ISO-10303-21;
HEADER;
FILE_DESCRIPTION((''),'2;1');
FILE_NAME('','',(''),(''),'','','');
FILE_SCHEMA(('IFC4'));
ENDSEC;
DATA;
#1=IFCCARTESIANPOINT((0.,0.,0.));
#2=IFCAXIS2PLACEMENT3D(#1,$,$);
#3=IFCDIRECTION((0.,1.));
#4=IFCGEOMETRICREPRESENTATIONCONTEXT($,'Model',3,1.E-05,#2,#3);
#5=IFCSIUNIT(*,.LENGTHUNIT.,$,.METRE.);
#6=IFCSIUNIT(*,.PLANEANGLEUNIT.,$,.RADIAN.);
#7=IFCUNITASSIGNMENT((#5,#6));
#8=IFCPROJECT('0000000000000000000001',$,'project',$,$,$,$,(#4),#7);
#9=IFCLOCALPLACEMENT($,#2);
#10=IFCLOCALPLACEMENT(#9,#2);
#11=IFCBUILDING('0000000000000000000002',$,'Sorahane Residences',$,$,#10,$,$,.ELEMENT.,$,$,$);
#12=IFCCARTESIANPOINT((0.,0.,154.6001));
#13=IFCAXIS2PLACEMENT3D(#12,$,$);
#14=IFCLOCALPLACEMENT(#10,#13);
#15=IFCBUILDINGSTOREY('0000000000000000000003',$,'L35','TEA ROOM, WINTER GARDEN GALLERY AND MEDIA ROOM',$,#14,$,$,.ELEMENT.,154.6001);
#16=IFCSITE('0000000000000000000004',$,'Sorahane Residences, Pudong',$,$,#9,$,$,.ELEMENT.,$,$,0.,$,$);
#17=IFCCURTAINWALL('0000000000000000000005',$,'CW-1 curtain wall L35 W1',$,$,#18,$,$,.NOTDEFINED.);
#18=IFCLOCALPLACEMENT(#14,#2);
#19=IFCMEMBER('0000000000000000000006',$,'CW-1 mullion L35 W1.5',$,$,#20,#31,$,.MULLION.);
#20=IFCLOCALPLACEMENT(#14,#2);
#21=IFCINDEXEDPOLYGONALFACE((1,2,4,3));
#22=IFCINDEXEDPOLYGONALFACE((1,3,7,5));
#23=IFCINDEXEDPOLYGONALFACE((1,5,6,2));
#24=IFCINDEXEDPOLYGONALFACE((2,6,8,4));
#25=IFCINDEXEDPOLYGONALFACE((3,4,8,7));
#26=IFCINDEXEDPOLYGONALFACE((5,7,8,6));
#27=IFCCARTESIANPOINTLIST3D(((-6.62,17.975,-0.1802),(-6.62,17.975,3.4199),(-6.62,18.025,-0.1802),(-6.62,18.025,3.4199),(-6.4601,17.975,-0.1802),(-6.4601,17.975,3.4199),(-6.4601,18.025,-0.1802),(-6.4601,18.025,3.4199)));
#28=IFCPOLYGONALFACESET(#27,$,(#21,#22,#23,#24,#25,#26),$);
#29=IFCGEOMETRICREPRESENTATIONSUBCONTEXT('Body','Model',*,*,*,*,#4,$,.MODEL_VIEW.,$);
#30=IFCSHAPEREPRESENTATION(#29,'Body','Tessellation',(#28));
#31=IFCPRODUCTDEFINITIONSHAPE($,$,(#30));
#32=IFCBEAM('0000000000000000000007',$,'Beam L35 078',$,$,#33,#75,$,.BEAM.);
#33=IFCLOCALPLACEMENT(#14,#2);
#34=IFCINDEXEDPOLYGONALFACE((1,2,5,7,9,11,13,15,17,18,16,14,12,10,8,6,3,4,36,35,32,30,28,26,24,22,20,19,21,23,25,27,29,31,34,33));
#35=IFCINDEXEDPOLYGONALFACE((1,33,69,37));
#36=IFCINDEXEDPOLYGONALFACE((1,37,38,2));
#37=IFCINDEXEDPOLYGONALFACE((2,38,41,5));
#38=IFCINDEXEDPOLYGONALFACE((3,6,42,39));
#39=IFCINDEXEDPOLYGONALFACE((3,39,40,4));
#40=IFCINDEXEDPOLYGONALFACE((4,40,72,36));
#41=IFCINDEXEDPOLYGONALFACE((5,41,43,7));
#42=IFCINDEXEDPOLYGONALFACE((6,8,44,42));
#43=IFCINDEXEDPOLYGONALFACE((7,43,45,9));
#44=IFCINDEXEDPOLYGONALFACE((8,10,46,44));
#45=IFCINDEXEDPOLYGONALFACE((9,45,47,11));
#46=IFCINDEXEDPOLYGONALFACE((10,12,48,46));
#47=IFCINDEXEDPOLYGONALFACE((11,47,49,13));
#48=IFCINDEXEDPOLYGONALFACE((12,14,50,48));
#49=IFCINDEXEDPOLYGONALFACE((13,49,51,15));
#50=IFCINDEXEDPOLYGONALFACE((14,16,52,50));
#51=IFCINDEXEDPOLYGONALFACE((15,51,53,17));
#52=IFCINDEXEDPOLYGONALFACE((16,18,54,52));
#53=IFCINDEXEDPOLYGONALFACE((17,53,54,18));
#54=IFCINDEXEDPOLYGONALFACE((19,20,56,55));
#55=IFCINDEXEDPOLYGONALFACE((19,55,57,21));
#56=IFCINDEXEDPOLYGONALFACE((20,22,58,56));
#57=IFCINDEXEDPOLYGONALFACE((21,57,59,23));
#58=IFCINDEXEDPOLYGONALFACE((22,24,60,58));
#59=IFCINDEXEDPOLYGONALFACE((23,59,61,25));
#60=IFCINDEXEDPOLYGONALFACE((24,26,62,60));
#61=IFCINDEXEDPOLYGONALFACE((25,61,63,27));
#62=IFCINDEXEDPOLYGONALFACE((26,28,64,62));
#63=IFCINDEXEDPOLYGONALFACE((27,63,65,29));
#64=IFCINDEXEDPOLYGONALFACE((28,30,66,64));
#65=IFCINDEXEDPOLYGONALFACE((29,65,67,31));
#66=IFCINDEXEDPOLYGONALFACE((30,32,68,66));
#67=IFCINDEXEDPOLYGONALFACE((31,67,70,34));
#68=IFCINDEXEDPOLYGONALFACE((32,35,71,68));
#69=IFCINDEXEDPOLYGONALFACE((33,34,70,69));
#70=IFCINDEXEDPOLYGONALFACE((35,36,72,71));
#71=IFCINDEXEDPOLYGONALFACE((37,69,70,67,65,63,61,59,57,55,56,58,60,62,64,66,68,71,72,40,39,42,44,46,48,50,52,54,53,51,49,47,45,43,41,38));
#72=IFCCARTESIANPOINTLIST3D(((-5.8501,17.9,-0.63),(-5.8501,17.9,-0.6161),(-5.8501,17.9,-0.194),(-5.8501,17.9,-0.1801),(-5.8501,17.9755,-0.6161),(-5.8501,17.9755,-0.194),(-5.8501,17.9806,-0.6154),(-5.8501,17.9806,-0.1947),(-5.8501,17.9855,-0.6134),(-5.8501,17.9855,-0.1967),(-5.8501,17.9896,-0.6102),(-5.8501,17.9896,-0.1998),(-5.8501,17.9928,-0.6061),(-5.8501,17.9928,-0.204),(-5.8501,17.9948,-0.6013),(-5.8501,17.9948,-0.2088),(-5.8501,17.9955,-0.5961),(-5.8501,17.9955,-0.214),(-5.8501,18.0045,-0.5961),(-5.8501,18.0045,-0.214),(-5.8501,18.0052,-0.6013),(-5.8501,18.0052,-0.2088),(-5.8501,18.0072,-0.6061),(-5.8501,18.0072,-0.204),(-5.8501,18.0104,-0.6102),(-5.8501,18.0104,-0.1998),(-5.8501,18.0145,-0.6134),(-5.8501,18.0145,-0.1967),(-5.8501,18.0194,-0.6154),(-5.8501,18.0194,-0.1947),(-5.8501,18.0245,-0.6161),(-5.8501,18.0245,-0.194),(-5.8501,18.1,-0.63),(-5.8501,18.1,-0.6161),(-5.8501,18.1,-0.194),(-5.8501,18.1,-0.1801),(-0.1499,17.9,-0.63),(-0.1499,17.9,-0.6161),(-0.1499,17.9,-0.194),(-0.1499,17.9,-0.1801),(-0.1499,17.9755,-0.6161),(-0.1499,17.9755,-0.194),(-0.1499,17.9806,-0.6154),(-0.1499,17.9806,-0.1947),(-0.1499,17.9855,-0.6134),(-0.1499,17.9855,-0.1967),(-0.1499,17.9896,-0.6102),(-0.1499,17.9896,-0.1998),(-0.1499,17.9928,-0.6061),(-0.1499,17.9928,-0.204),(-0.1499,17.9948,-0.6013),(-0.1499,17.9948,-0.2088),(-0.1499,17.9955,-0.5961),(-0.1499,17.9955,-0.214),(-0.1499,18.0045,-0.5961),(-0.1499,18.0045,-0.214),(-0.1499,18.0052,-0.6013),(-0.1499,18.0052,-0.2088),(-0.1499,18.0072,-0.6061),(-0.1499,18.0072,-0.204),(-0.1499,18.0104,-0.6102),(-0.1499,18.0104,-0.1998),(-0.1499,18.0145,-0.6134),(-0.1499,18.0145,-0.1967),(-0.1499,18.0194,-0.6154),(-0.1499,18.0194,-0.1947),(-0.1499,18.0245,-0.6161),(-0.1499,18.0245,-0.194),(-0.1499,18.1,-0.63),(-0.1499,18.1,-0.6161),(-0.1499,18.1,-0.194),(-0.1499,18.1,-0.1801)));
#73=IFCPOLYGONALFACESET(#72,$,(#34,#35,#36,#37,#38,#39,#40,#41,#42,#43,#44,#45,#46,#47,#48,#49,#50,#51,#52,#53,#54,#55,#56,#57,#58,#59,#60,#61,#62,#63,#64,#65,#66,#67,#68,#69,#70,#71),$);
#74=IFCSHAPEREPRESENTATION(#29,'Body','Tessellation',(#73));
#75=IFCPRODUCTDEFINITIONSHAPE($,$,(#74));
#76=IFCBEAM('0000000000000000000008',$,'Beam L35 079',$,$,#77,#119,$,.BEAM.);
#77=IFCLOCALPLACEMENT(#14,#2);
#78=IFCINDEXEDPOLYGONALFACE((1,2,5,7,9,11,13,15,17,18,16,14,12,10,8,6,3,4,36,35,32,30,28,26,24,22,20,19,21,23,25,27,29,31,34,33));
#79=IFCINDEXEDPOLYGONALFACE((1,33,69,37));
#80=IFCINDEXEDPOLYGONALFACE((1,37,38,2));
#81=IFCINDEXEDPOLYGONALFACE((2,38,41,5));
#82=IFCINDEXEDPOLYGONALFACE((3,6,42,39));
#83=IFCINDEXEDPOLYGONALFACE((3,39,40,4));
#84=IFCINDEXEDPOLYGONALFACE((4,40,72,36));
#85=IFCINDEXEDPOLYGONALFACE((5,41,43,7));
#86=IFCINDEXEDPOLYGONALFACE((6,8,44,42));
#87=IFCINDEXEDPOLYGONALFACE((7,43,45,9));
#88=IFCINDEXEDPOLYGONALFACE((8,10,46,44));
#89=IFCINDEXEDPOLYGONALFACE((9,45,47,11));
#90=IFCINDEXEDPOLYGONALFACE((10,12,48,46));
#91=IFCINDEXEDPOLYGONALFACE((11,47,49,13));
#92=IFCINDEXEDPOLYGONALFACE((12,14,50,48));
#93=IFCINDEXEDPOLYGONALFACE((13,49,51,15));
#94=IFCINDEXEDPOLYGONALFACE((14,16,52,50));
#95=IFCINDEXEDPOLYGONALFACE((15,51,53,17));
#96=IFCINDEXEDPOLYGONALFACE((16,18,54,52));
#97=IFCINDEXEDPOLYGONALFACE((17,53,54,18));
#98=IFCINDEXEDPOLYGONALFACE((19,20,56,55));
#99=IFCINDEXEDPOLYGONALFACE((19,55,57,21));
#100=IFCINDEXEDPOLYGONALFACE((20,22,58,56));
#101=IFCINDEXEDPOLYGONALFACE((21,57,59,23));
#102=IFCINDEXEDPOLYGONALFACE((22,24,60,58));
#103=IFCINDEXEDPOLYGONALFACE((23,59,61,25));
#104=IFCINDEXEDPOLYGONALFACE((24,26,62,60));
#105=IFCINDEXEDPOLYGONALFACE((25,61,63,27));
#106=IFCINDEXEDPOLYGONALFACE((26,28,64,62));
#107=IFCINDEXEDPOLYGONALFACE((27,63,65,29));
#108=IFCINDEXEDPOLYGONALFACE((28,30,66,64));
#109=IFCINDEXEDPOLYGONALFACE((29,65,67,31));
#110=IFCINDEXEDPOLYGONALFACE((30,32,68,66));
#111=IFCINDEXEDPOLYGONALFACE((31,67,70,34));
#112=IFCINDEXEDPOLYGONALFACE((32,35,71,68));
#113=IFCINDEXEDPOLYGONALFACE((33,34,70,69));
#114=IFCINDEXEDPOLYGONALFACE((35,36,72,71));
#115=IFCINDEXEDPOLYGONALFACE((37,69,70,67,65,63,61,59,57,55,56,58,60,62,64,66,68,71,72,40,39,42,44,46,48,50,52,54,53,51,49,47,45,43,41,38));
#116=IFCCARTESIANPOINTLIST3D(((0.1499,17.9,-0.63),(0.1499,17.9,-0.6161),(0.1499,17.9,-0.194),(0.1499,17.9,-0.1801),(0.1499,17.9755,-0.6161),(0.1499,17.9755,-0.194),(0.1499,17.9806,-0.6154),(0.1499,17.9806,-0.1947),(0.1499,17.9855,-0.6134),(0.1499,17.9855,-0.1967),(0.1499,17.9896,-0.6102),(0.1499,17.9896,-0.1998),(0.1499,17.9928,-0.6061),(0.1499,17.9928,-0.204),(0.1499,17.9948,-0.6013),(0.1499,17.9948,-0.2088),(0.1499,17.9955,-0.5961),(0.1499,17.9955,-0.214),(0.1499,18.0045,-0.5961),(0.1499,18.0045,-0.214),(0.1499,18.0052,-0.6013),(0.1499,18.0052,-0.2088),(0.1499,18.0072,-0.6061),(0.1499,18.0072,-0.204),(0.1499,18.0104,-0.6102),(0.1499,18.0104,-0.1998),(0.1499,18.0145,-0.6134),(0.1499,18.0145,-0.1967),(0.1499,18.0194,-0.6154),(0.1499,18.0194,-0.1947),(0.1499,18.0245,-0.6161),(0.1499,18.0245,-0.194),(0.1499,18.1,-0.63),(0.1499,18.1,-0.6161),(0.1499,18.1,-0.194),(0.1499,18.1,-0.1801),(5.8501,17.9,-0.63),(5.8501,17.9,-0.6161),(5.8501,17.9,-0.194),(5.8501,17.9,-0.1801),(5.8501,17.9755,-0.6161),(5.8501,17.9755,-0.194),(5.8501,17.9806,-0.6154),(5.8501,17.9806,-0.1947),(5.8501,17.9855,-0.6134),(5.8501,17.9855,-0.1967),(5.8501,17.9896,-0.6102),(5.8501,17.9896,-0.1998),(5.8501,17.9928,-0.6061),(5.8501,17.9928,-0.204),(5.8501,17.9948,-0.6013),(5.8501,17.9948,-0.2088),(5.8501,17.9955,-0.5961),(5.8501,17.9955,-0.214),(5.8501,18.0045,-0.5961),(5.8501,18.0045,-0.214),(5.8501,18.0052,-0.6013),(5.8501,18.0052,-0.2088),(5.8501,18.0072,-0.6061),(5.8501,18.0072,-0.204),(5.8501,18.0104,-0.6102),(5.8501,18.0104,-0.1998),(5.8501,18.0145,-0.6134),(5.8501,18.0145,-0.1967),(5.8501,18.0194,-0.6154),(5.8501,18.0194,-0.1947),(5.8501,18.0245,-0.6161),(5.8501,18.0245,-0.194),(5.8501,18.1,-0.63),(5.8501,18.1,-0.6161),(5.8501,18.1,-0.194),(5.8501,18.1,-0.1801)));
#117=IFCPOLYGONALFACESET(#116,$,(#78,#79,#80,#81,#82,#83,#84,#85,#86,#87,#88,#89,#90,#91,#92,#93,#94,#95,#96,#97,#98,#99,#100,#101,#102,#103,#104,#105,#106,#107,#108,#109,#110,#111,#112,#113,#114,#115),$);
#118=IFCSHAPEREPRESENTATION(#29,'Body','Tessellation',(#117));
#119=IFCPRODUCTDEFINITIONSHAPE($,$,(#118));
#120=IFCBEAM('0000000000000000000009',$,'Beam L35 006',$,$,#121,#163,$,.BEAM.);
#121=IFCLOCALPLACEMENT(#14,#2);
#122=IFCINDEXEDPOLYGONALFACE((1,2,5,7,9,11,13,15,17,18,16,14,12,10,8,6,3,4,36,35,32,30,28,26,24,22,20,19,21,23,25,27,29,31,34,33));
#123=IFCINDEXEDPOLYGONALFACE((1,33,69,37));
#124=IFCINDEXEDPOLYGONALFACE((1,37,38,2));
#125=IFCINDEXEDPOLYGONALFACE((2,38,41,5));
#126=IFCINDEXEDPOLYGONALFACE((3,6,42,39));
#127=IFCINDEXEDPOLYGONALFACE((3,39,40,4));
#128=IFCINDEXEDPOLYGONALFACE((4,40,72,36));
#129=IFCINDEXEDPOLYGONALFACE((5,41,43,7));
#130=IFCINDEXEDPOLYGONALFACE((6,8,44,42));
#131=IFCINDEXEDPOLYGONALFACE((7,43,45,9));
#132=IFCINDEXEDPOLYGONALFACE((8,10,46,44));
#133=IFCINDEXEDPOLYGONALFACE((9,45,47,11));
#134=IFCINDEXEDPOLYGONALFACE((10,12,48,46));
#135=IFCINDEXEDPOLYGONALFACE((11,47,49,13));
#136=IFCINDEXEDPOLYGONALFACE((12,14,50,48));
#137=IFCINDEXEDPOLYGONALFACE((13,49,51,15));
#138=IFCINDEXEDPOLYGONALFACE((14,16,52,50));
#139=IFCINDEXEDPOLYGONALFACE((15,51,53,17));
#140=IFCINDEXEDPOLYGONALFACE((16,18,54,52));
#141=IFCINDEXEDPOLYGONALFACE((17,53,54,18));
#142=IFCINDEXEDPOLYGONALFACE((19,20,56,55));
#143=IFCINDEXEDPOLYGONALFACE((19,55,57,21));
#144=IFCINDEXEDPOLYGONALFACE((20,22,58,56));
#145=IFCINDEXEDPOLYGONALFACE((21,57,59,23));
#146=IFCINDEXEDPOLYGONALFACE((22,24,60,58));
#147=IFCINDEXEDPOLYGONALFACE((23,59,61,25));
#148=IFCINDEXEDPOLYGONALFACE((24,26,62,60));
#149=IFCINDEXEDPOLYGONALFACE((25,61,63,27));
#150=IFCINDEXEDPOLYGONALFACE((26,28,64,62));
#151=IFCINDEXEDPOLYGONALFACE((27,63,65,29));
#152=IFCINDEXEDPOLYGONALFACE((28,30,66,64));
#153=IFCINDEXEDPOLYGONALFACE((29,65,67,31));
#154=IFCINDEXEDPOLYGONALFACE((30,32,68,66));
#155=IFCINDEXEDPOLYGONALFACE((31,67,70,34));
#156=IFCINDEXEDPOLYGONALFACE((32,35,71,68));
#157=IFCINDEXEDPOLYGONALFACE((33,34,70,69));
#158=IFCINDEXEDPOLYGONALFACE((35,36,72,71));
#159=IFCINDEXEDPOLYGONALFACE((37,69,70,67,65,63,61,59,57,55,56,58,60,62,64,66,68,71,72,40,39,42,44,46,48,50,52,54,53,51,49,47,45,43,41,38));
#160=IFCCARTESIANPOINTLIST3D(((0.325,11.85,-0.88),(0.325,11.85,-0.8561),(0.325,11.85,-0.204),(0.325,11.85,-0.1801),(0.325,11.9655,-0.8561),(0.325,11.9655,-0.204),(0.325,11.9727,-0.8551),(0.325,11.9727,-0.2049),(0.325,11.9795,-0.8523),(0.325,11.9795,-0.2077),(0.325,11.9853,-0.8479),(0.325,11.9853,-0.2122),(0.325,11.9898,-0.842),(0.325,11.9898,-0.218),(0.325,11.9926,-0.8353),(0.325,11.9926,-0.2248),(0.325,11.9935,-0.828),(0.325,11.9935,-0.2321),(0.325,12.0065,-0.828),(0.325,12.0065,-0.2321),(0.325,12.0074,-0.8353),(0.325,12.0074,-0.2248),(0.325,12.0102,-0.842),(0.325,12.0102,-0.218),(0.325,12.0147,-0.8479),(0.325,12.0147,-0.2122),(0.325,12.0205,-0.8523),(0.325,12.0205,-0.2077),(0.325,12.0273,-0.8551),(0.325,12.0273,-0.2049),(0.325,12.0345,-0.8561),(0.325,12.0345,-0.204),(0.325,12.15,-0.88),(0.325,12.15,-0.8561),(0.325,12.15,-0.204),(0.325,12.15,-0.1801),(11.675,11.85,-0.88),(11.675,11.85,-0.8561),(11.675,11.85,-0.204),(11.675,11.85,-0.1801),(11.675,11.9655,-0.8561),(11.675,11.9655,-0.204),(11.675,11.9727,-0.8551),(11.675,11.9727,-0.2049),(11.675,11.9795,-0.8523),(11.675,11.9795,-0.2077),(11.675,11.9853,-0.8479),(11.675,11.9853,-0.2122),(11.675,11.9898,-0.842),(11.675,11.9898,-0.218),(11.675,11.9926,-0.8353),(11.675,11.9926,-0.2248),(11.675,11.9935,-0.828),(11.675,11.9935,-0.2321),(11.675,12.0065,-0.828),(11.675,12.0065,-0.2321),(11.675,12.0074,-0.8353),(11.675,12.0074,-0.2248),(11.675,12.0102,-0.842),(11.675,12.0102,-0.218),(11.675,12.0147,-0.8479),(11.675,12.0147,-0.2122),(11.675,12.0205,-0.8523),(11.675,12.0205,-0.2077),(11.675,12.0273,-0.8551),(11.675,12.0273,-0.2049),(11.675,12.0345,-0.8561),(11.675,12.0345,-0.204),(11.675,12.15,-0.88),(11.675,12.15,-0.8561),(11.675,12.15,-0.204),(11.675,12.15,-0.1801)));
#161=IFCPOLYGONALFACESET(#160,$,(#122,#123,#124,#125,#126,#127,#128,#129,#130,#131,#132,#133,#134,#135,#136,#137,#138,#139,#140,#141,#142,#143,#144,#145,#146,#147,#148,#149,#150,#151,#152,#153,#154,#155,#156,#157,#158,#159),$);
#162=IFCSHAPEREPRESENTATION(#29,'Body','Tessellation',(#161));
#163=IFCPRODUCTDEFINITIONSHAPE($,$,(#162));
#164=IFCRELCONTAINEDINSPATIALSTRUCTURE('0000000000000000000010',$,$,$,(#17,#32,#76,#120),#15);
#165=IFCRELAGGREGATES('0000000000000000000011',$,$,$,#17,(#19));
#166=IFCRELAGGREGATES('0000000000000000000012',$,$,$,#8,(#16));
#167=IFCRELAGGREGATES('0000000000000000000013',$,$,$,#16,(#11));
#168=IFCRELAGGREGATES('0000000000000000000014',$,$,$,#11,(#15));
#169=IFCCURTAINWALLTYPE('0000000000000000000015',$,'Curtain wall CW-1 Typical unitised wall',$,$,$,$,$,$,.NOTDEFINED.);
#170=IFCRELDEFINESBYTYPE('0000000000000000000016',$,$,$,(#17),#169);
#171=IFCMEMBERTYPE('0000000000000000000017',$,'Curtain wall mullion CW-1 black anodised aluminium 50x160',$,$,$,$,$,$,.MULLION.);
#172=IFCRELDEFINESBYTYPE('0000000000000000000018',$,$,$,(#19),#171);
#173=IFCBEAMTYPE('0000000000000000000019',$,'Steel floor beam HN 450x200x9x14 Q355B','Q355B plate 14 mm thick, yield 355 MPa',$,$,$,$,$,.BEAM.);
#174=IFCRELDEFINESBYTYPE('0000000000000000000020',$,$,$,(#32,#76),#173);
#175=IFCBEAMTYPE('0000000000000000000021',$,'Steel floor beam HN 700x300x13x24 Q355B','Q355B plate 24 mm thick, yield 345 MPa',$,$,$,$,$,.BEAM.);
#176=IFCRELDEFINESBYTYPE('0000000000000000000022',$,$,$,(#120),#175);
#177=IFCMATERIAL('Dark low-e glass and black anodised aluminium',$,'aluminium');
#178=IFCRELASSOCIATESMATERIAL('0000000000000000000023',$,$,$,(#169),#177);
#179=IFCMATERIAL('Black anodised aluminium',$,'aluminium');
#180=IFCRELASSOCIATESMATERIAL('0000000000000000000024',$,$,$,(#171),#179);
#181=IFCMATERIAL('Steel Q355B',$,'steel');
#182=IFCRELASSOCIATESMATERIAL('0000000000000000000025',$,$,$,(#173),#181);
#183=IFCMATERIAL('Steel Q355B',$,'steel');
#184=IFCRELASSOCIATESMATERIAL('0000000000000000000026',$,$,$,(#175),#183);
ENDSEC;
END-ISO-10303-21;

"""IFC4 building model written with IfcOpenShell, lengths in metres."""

from ifc_helpers import new_model, si_unit, direction, frame, origin, origin_2d, place, context, subcontext, project, spatial, rectangle, i_section, extrude, material, material_profile, profile_set, type_object, element, aggregate, save


model = new_model("IFC4")

# Units and contexts
model_context = context("Model", 3, precision=1e-05, world=origin(), true_north=direction((0.0, 1.0)))
body_context = subcontext(model_context, "Body", "Model", "MODEL_VIEW")
ifc_project = project(units=[si_unit("LENGTHUNIT", "METRE"), si_unit("PLANEANGLEUNIT", "RADIAN")], contexts=[model_context])

# Site, building, storey
site_placement = place(None, origin())
site = spatial("IfcSite", under=ifc_project, at=site_placement, Name="Sorahane Residences, Pudong", CompositionType="ELEMENT", RefElevation=0.0)
building_placement = place(site_placement, origin())
building = spatial("IfcBuilding", under=site, at=building_placement, Name="Sorahane Residences", CompositionType="ELEMENT")
storey_placement = place(building_placement, frame((0.0, 0.0, 154.6001)))
storey = spatial("IfcBuildingStorey", under=building, at=storey_placement, Name="L35", Description="TEA ROOM, WINTER GARDEN GALLERY AND MEDIA ROOM", CompositionType="ELEMENT", Elevation=154.6001)

# Curtain wall, member
ifc_material_1 = material(Name="Dark low-e glass and black anodised aluminium", Category="aluminium")
curtain_wall_type = type_object("IfcCurtainWallType", Name="Curtain wall CW-1 Typical unitised wall", PredefinedType="NOTDEFINED", material=ifc_material_1)
curtain_wall_placement = place(storey_placement, origin())
curtain_wall = element("IfcCurtainWall", 1, at=curtain_wall_placement, inside=storey, type_object=curtain_wall_type, Name="CW-1 curtain wall L35 W1", PredefinedType="NOTDEFINED")
ifc_material_2 = material(Name="Black anodised aluminium", Category="aluminium")
ifc_material_profile_1 = material_profile(ifc_material_2, rectangle(XDim=0.1599, YDim=0.05, at=origin_2d()), Name="Curtain wall mullion CW-1 black anodised aluminium 50x160")
ifc_profile_set_1 = profile_set([ifc_material_profile_1], Name="Black anodised aluminium")
member_type = type_object("IfcMemberType", Name="Curtain wall mullion CW-1 black anodised aluminium 50x160", PredefinedType="MULLION", material=ifc_profile_set_1)
member_placement = place(storey_placement, frame((-6.54, 18.0, -0.1802), z_axis=(0.0, 0.0, 1.0), x_axis=(-1.0, 0.0, 0.0)))
member = element("IfcMember", 2, at=member_placement, type_object=member_type, Name="CW-1 mullion L35 W1.5", PredefinedType="MULLION", context=body_context, shape_type="SweptSolid", body=[
    extrude(rectangle(XDim=0.1599, YDim=0.05, at=origin_2d()), origin(), (0.0, 0.0, 1.0), 3.6001),
])

# Beams
ifc_material_3 = material(Name="Steel Q355B", Category="steel")
ifc_material_profile_2 = material_profile(ifc_material_3, i_section(OverallWidth=0.2, OverallDepth=0.45, WebThickness=0.009, FlangeThickness=0.0139, FilletRadius=0.02, at=origin_2d()), Name="HN 450x200x9x14")
ifc_profile_set_2 = profile_set([ifc_material_profile_2], Name="Steel Q355B")
beam_type_1 = type_object("IfcBeamType", Name="Steel floor beam HN 450x200x9x14 Q355B", Description="Q355B plate 14 mm thick, yield 355 MPa", PredefinedType="BEAM", material=ifc_profile_set_2)
for number, where, z_axis, x_axis, name in (
    (3, (-5.8501, 18.0, -0.405), (1.0, 0.0, 0.0), (0.0, 1.0, 0.0), "Beam L35 078"),
    (4, (0.1499, 18.0, -0.405), (1.0, 0.0, 0.0), (0.0, 1.0, 0.0), "Beam L35 079"),
):
    element("IfcBeam", number, at=place(storey_placement, frame(where, z_axis=z_axis, x_axis=x_axis)), inside=storey, type_object=beam_type_1, Name=name, PredefinedType="BEAM", context=body_context, shape_type="SweptSolid", body=[
        extrude(i_section(OverallWidth=0.2, OverallDepth=0.45, WebThickness=0.009, FlangeThickness=0.0139, FilletRadius=0.02, at=origin_2d()), origin(), (0.0, 0.0, 1.0), 5.7002),
    ])
ifc_material_4 = material(Name="Steel Q355B", Category="steel")
ifc_material_profile_3 = material_profile(ifc_material_4, i_section(OverallWidth=0.3, OverallDepth=0.7, WebThickness=0.0129, FlangeThickness=0.0239, FilletRadius=0.0281, at=origin_2d()), Name="HN 700x300x13x24")
ifc_profile_set_3 = profile_set([ifc_material_profile_3], Name="Steel Q355B")
beam_type_2 = type_object("IfcBeamType", Name="Steel floor beam HN 700x300x13x24 Q355B", Description="Q355B plate 24 mm thick, yield 345 MPa", PredefinedType="BEAM", material=ifc_profile_set_3)
beam_1_placement = place(storey_placement, frame((0.325, 12.0, -0.53), z_axis=(1.0, 0.0, 0.0), x_axis=(0.0, 1.0, 0.0)))
element("IfcBeam", 5, at=beam_1_placement, inside=storey, type_object=beam_type_2, Name="Beam L35 006", PredefinedType="BEAM", context=body_context, shape_type="SweptSolid", body=[
    extrude(i_section(OverallWidth=0.3, OverallDepth=0.7, WebThickness=0.0129, FlangeThickness=0.0239, FilletRadius=0.0281, at=origin_2d()), origin(), (0.0, 0.0, 1.0), 11.3501),
])

aggregate(curtain_wall, [member])

save(model, "model.ifc")
